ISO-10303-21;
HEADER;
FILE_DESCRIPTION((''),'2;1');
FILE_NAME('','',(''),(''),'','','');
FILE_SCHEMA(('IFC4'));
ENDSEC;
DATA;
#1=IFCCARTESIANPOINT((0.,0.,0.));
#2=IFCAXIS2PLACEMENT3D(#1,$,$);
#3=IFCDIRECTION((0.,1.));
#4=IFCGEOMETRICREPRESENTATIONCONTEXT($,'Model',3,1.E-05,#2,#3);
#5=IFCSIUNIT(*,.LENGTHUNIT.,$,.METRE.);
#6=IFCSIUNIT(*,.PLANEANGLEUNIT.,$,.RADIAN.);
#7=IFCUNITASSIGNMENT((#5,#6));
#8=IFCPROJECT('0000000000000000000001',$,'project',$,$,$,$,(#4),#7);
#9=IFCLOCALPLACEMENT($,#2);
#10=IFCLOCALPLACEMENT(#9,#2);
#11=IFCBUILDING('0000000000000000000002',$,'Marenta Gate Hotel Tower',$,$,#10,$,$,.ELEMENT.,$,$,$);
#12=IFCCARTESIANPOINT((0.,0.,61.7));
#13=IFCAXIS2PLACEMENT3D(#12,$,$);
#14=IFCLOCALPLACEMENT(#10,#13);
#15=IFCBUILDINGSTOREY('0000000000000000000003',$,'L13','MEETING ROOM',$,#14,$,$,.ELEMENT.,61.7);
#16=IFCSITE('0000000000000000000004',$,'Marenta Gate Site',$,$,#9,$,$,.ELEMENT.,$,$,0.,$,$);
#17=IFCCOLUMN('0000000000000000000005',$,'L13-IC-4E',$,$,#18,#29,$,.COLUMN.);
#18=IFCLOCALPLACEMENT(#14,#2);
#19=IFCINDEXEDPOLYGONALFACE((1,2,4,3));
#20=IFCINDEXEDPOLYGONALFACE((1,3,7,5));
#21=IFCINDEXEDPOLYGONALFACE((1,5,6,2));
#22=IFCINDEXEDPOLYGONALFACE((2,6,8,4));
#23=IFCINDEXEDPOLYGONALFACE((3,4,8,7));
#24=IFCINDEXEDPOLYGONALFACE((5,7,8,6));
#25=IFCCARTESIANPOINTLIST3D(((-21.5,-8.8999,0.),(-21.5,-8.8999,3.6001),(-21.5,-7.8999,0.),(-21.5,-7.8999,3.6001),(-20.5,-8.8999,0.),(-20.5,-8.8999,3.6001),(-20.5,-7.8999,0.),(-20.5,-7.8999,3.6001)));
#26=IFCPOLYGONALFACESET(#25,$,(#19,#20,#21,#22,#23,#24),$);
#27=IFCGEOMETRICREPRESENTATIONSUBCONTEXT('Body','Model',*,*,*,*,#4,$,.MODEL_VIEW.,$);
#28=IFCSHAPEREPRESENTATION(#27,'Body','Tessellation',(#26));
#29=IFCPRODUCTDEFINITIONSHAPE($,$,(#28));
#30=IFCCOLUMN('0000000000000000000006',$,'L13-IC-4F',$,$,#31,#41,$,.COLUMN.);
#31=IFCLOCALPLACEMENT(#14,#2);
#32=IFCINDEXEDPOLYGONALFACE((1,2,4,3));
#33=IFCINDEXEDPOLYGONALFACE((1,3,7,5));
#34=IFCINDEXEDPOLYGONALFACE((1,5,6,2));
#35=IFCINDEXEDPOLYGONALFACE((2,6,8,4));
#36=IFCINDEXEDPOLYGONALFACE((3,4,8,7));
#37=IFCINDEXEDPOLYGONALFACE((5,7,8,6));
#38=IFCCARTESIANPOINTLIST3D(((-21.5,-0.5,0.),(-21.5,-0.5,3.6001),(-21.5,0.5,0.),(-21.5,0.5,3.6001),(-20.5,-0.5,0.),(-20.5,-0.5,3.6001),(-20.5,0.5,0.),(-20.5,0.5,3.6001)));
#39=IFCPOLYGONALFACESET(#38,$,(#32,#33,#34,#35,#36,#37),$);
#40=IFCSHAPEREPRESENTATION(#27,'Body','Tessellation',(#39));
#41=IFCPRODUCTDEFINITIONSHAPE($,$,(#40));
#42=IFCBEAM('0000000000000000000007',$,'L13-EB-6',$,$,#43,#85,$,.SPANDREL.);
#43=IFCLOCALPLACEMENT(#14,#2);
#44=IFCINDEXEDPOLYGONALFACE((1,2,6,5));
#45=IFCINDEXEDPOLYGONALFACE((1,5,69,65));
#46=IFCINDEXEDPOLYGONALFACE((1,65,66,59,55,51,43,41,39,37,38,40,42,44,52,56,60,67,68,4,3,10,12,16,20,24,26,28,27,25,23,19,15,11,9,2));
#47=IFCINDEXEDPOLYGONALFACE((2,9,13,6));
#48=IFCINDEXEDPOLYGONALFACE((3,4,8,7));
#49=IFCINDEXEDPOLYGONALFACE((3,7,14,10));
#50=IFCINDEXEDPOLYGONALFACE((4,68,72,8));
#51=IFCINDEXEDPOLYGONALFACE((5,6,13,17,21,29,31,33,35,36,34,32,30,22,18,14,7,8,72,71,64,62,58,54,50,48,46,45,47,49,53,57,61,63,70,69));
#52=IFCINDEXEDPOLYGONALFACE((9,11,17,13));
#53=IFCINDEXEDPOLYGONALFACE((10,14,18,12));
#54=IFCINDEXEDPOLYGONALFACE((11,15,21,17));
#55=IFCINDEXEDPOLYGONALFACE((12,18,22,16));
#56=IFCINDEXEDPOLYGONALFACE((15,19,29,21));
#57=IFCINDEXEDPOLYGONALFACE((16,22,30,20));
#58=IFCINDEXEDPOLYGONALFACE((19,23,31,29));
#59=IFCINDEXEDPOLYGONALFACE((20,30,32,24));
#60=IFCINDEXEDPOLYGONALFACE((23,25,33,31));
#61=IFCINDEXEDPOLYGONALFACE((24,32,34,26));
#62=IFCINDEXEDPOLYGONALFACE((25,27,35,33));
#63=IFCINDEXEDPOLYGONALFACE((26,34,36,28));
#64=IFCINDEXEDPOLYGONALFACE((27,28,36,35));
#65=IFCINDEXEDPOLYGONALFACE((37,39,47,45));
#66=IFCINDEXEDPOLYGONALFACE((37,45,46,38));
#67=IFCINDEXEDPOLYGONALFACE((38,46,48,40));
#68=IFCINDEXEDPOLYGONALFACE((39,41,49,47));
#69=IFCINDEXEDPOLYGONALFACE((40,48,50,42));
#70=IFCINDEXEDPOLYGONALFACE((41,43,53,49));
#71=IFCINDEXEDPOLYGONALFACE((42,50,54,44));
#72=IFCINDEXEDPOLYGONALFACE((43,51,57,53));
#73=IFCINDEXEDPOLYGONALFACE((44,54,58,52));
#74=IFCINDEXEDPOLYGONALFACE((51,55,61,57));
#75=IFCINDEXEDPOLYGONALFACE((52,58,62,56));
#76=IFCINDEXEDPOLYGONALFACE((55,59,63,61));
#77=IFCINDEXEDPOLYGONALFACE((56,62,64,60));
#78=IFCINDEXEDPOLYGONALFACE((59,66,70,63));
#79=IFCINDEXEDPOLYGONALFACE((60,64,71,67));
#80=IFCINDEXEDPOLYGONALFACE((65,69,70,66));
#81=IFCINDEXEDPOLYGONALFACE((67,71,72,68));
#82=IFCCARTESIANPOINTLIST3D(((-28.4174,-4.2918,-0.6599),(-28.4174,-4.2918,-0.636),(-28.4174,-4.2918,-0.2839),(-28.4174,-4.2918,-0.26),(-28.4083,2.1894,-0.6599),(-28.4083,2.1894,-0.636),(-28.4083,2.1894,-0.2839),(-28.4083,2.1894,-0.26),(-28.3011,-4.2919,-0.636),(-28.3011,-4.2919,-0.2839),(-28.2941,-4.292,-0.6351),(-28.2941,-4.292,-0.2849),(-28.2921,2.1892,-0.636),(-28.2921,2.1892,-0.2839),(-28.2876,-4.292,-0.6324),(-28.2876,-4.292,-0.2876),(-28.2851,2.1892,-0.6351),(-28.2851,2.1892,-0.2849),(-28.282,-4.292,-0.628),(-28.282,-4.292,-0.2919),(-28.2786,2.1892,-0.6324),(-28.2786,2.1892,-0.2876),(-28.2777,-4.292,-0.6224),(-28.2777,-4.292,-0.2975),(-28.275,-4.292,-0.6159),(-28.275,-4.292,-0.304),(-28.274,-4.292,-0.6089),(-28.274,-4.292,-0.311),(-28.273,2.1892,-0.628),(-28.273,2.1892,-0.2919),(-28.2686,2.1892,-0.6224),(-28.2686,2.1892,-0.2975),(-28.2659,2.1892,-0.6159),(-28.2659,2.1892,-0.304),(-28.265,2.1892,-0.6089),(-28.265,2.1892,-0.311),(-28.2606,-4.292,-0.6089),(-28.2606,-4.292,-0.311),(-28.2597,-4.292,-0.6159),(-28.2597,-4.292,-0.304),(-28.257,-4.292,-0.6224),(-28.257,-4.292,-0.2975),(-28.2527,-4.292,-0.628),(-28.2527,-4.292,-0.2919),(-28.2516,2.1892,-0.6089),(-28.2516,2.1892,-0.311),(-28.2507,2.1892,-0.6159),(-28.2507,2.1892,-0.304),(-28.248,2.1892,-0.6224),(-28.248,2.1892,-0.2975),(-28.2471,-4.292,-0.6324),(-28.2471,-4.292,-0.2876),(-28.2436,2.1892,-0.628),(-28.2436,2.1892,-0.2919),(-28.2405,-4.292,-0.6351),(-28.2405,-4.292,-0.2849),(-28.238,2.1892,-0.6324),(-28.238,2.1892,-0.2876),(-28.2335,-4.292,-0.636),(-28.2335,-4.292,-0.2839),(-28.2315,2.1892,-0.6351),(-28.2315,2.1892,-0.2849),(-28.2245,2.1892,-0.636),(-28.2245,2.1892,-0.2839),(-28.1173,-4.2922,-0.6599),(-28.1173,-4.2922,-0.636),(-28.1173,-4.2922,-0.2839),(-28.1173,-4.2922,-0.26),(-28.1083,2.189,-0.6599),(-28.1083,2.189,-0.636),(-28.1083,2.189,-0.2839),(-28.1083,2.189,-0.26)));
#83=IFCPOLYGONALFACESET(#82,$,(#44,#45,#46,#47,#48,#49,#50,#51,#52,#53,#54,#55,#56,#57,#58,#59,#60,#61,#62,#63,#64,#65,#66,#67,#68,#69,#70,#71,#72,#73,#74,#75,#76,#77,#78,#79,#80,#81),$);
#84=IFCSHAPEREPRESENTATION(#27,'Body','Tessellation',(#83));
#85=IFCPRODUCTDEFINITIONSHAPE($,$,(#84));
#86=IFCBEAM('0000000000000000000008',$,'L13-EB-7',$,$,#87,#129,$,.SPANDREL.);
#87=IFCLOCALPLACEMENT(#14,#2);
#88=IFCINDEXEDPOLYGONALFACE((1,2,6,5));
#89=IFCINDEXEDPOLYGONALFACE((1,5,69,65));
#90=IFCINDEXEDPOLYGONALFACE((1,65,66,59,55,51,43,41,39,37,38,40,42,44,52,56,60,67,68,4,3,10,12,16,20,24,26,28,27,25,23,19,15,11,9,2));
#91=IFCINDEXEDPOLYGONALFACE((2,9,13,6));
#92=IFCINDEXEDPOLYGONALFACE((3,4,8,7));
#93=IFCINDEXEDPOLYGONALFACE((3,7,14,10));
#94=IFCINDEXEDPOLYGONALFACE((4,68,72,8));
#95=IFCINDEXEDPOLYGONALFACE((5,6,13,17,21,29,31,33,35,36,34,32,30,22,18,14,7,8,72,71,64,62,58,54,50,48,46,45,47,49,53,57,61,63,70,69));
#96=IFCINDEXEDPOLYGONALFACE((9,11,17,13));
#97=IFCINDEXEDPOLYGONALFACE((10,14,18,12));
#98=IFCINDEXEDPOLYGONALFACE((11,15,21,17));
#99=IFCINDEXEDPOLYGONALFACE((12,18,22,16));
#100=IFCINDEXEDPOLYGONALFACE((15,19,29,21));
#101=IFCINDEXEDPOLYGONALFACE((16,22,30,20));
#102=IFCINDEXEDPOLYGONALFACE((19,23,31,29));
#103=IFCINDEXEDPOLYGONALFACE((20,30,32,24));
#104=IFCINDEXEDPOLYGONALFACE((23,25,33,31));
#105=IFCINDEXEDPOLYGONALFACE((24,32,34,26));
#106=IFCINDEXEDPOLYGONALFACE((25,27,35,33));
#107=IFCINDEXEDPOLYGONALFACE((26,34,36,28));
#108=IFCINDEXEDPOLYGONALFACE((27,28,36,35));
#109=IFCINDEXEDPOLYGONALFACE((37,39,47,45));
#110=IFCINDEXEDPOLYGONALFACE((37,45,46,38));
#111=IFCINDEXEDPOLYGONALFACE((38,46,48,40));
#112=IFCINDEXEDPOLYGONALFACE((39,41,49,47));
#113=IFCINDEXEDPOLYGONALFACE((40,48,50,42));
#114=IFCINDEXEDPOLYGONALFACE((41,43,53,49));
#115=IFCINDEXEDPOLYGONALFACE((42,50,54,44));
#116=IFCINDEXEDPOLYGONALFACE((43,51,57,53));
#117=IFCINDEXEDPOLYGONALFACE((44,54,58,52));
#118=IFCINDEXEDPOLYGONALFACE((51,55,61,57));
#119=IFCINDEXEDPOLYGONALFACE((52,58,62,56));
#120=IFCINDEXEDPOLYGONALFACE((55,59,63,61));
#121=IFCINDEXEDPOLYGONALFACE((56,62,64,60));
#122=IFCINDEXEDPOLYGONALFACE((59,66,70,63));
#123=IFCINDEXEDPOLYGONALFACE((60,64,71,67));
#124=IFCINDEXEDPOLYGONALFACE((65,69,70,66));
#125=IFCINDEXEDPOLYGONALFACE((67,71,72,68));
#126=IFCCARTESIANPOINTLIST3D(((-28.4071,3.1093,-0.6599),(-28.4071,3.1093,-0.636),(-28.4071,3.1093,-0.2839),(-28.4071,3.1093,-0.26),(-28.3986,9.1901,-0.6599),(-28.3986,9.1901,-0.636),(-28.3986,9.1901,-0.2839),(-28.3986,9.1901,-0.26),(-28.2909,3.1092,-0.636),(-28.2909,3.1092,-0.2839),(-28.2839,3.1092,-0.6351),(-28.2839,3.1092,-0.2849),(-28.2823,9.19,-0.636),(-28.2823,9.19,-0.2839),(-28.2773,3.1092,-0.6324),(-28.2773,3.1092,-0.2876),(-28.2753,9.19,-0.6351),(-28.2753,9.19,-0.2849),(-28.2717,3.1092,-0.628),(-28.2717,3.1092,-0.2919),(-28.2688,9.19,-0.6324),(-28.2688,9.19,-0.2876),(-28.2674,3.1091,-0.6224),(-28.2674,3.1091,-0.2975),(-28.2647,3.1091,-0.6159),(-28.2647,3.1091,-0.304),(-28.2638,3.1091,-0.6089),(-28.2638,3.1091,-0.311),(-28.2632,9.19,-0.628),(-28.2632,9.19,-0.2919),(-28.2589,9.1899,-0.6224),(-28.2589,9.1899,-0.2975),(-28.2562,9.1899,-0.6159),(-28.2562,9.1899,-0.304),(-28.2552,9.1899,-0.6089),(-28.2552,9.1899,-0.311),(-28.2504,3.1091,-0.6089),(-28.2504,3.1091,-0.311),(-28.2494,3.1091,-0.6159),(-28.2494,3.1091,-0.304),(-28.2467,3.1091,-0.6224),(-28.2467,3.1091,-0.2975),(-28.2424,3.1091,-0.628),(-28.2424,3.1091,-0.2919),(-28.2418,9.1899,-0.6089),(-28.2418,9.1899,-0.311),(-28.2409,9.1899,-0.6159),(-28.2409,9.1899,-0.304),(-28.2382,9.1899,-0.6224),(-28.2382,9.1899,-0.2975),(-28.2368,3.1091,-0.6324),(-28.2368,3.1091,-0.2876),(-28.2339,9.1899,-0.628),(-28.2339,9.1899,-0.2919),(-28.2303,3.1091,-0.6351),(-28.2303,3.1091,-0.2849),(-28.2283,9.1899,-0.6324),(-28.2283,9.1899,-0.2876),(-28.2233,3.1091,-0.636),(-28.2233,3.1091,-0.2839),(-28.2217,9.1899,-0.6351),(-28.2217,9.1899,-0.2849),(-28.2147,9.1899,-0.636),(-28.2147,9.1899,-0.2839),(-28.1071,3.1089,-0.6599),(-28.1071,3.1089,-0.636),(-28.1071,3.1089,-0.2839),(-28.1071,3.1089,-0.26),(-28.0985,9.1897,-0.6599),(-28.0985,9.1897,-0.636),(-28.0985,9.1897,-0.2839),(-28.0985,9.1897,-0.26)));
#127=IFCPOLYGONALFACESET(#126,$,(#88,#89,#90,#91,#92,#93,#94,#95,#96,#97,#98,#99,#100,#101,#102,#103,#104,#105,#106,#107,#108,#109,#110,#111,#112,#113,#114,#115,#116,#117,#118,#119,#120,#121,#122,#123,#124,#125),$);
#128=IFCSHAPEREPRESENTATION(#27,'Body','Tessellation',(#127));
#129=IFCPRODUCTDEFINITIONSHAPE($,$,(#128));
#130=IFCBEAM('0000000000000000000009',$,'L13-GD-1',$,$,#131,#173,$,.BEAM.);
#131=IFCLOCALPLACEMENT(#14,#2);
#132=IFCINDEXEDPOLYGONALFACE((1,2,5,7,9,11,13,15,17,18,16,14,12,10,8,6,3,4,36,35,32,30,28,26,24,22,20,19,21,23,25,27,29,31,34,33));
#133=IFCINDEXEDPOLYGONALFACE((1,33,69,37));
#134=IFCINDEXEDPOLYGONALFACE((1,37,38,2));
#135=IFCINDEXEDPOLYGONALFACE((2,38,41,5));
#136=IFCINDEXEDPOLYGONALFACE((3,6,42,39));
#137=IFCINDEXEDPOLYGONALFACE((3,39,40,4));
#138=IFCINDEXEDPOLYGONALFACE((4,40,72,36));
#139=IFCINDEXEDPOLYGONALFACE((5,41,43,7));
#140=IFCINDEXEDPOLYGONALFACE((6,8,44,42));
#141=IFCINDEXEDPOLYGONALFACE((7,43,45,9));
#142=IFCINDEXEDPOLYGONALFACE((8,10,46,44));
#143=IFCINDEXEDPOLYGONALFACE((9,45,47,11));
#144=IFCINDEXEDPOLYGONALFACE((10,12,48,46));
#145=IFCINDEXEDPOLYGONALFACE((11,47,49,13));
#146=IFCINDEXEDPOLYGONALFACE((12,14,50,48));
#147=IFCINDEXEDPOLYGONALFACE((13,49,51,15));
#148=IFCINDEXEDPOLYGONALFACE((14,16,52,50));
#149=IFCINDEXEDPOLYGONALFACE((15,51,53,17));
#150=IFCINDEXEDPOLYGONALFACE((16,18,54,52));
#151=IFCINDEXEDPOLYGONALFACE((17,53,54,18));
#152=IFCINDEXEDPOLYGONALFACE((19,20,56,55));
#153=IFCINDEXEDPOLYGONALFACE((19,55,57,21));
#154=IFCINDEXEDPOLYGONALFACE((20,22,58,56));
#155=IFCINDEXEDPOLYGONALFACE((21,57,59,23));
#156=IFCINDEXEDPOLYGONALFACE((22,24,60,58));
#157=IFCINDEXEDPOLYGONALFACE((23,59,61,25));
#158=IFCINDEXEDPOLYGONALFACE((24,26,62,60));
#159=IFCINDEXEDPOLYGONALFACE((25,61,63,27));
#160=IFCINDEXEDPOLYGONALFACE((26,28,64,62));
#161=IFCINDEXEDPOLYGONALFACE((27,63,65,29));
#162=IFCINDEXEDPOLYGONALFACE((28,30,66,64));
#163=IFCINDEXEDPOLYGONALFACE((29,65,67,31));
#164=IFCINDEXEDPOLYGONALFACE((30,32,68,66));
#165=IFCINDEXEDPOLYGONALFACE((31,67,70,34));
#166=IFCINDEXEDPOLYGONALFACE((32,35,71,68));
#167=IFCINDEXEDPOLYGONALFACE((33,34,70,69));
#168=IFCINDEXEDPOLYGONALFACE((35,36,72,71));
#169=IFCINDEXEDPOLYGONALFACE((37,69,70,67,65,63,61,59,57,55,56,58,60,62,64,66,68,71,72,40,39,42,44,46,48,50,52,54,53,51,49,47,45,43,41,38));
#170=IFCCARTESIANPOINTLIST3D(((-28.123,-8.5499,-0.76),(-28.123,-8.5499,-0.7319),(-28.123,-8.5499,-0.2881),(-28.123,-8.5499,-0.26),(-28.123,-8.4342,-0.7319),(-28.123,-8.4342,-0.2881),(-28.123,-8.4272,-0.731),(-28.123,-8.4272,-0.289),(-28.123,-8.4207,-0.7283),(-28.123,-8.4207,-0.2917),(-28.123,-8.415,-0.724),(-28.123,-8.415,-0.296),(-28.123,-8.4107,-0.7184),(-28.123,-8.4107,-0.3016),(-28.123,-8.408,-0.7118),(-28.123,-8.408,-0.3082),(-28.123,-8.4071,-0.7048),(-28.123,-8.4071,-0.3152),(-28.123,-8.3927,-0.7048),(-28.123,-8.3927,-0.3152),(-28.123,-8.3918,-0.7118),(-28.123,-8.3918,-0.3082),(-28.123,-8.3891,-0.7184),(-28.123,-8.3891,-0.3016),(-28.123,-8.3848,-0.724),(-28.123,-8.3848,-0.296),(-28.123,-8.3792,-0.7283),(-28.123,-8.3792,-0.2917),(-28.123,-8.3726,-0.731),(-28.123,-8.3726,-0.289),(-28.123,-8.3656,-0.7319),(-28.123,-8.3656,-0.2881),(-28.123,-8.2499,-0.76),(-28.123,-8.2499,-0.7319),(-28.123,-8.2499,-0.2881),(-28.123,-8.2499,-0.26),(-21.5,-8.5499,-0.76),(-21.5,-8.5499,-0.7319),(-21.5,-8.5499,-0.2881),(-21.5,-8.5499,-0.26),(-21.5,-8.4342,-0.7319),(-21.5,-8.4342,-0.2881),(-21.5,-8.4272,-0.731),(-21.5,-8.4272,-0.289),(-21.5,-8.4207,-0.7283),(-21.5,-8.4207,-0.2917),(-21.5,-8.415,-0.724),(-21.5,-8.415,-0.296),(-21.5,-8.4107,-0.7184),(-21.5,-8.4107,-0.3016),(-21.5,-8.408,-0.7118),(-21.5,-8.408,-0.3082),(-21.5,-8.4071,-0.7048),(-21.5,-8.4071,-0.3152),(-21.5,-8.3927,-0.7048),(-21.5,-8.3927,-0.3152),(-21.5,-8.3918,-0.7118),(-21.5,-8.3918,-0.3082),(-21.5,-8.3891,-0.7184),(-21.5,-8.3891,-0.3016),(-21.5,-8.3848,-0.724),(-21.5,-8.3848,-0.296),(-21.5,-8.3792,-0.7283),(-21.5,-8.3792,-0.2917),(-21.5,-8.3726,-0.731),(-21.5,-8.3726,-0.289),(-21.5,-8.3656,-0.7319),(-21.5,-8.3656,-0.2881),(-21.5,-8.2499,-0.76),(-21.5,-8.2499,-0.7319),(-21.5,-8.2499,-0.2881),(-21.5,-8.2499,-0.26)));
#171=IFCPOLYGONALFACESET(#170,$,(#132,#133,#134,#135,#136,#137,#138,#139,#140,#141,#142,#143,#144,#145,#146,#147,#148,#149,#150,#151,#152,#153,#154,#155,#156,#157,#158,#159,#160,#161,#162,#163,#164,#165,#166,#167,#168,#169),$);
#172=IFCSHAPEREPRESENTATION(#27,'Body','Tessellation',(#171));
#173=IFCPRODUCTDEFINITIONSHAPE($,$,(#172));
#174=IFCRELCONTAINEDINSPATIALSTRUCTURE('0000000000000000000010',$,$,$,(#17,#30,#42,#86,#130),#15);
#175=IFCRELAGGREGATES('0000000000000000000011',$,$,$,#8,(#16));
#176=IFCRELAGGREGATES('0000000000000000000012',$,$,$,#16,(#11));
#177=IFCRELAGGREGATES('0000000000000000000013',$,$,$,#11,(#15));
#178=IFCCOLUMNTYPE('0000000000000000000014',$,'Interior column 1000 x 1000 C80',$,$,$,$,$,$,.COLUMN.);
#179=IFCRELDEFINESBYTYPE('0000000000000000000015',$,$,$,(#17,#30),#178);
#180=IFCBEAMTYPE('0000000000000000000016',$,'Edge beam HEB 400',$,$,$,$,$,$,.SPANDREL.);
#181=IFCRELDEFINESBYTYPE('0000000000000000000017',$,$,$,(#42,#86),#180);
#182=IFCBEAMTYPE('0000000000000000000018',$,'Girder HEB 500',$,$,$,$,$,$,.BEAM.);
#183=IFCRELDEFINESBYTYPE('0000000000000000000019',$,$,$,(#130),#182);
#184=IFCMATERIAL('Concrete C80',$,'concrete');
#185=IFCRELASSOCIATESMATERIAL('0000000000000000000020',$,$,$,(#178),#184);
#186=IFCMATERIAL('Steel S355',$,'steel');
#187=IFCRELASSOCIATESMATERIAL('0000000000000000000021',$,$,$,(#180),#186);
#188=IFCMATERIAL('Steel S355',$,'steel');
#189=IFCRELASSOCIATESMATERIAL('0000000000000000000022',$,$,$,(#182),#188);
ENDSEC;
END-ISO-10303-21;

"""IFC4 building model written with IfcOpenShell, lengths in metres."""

from ifc_helpers import new_model, si_unit, direction, frame, origin, origin_2d, place, context, subcontext, project, spatial, rectangle, i_section, extrude, material, material_profile, profile_set, type_object, element, save


model = new_model("IFC4")

# Units and contexts
model_context = context("Model", 3, precision=1e-05, world=origin(), true_north=direction((0.0, 1.0)))
body_context = subcontext(model_context, "Body", "Model", "MODEL_VIEW")
ifc_project = project(units=[si_unit("LENGTHUNIT", "METRE"), si_unit("PLANEANGLEUNIT", "RADIAN")], contexts=[model_context])

# Site, building, storey
site_placement = place(None, origin())
site = spatial("IfcSite", under=ifc_project, at=site_placement, Name="Marenta Gate Site", CompositionType="ELEMENT", RefElevation=0.0)
building_placement = place(site_placement, origin())
building = spatial("IfcBuilding", under=site, at=building_placement, Name="Marenta Gate Hotel Tower", CompositionType="ELEMENT")
storey_placement = place(building_placement, frame((0.0, 0.0, 61.7)))
storey = spatial("IfcBuildingStorey", under=building, at=storey_placement, Name="L13", Description="MEETING ROOM", CompositionType="ELEMENT", Elevation=61.7)

# Columns
ifc_material_1 = material(Name="Concrete C80", Category="concrete")
ifc_material_profile_1 = material_profile(ifc_material_1, rectangle(XDim=1.0, YDim=1.0, at=origin_2d()), Name="1000 x 1000")
ifc_profile_set_1 = profile_set([ifc_material_profile_1], Name="Concrete C80")
column_type = type_object("IfcColumnType", Name="Interior column 1000 x 1000 C80", PredefinedType="COLUMN", material=ifc_profile_set_1)
for number, where, z_axis, x_axis, name in (
    (1, (-21.0, -8.3999, 0.0), (0.0, 0.0, 1.0), (1.0, 0.0, 0.0), "L13-IC-4E"),
    (2, (-21.0, 0.0, 0.0), (0.0, 0.0, 1.0), (1.0, 0.0, 0.0), "L13-IC-4F"),
):
    element("IfcColumn", number, at=place(storey_placement, frame(where, z_axis=z_axis, x_axis=x_axis)), inside=storey, type_object=column_type, Name=name, PredefinedType="COLUMN", context=body_context, shape_type="SweptSolid", body=[
        extrude(rectangle(XDim=1.0, YDim=1.0, at=origin_2d()), origin(), (0.0, 0.0, 1.0), 3.6001),
    ])

# Beams
ifc_material_2 = material(Name="Steel S355", Category="steel")
ifc_material_profile_2 = material_profile(ifc_material_2, i_section(OverallWidth=0.3, OverallDepth=0.3999, WebThickness=0.0134, FlangeThickness=0.0239, FilletRadius=0.0271, at=origin_2d()), Name="HEB 400")
ifc_profile_set_2 = profile_set([ifc_material_profile_2], Name="Steel S355")
beam_type_1 = type_object("IfcBeamType", Name="Edge beam HEB 400", PredefinedType="SPANDREL", material=ifc_profile_set_2)
beam_1_placement = place(storey_placement, frame((-28.2673, -4.292, -0.46), z_axis=(0.001394, 0.999999, 0.0), x_axis=(-0.999999, 0.001394, 0.0)))
element("IfcBeam", 3, at=beam_1_placement, inside=storey, type_object=beam_type_1, Name="L13-EB-6", PredefinedType="SPANDREL", context=body_context, shape_type="SweptSolid", body=[
    extrude(i_section(OverallWidth=0.3, OverallDepth=0.3999, WebThickness=0.0134, FlangeThickness=0.0239, FilletRadius=0.0271, at=origin_2d()), origin(), (0.0, 0.0, 1.0), 6.4812),
])
beam_2_placement = place(storey_placement, frame((-28.2571, 3.1091, -0.46), z_axis=(0.001405, 0.999999, 0.0), x_axis=(-0.999999, 0.001405, 0.0)))
element("IfcBeam", 4, at=beam_2_placement, inside=storey, type_object=beam_type_1, Name="L13-EB-7", PredefinedType="SPANDREL", context=body_context, shape_type="SweptSolid", body=[
    extrude(i_section(OverallWidth=0.3, OverallDepth=0.3999, WebThickness=0.0134, FlangeThickness=0.0239, FilletRadius=0.0271, at=origin_2d()), origin(), (0.0, 0.0, 1.0), 6.0808),
])
ifc_material_3 = material(Name="Steel S355", Category="steel")
ifc_material_profile_3 = material_profile(ifc_material_3, i_section(OverallWidth=0.3, OverallDepth=0.5, WebThickness=0.0144, FlangeThickness=0.0281, FilletRadius=0.0271, at=origin_2d()), Name="HEB 500")
ifc_profile_set_3 = profile_set([ifc_material_profile_3], Name="Steel S355")
beam_type_2 = type_object("IfcBeamType", Name="Girder HEB 500", PredefinedType="BEAM", material=ifc_profile_set_3)
beam_3_placement = place(storey_placement, frame((-28.123, -8.3999, -0.51), z_axis=(1.0, 0.0, 0.0), x_axis=(0.0, 1.0, 0.0)))
element("IfcBeam", 5, at=beam_3_placement, inside=storey, type_object=beam_type_2, Name="L13-GD-1", PredefinedType="BEAM", context=body_context, shape_type="SweptSolid", body=[
    extrude(i_section(OverallWidth=0.3, OverallDepth=0.5, WebThickness=0.0144, FlangeThickness=0.0281, FilletRadius=0.0271, at=origin_2d()), origin(), (0.0, 0.0, 1.0), 6.623),
])

save(model, "model.ifc")
